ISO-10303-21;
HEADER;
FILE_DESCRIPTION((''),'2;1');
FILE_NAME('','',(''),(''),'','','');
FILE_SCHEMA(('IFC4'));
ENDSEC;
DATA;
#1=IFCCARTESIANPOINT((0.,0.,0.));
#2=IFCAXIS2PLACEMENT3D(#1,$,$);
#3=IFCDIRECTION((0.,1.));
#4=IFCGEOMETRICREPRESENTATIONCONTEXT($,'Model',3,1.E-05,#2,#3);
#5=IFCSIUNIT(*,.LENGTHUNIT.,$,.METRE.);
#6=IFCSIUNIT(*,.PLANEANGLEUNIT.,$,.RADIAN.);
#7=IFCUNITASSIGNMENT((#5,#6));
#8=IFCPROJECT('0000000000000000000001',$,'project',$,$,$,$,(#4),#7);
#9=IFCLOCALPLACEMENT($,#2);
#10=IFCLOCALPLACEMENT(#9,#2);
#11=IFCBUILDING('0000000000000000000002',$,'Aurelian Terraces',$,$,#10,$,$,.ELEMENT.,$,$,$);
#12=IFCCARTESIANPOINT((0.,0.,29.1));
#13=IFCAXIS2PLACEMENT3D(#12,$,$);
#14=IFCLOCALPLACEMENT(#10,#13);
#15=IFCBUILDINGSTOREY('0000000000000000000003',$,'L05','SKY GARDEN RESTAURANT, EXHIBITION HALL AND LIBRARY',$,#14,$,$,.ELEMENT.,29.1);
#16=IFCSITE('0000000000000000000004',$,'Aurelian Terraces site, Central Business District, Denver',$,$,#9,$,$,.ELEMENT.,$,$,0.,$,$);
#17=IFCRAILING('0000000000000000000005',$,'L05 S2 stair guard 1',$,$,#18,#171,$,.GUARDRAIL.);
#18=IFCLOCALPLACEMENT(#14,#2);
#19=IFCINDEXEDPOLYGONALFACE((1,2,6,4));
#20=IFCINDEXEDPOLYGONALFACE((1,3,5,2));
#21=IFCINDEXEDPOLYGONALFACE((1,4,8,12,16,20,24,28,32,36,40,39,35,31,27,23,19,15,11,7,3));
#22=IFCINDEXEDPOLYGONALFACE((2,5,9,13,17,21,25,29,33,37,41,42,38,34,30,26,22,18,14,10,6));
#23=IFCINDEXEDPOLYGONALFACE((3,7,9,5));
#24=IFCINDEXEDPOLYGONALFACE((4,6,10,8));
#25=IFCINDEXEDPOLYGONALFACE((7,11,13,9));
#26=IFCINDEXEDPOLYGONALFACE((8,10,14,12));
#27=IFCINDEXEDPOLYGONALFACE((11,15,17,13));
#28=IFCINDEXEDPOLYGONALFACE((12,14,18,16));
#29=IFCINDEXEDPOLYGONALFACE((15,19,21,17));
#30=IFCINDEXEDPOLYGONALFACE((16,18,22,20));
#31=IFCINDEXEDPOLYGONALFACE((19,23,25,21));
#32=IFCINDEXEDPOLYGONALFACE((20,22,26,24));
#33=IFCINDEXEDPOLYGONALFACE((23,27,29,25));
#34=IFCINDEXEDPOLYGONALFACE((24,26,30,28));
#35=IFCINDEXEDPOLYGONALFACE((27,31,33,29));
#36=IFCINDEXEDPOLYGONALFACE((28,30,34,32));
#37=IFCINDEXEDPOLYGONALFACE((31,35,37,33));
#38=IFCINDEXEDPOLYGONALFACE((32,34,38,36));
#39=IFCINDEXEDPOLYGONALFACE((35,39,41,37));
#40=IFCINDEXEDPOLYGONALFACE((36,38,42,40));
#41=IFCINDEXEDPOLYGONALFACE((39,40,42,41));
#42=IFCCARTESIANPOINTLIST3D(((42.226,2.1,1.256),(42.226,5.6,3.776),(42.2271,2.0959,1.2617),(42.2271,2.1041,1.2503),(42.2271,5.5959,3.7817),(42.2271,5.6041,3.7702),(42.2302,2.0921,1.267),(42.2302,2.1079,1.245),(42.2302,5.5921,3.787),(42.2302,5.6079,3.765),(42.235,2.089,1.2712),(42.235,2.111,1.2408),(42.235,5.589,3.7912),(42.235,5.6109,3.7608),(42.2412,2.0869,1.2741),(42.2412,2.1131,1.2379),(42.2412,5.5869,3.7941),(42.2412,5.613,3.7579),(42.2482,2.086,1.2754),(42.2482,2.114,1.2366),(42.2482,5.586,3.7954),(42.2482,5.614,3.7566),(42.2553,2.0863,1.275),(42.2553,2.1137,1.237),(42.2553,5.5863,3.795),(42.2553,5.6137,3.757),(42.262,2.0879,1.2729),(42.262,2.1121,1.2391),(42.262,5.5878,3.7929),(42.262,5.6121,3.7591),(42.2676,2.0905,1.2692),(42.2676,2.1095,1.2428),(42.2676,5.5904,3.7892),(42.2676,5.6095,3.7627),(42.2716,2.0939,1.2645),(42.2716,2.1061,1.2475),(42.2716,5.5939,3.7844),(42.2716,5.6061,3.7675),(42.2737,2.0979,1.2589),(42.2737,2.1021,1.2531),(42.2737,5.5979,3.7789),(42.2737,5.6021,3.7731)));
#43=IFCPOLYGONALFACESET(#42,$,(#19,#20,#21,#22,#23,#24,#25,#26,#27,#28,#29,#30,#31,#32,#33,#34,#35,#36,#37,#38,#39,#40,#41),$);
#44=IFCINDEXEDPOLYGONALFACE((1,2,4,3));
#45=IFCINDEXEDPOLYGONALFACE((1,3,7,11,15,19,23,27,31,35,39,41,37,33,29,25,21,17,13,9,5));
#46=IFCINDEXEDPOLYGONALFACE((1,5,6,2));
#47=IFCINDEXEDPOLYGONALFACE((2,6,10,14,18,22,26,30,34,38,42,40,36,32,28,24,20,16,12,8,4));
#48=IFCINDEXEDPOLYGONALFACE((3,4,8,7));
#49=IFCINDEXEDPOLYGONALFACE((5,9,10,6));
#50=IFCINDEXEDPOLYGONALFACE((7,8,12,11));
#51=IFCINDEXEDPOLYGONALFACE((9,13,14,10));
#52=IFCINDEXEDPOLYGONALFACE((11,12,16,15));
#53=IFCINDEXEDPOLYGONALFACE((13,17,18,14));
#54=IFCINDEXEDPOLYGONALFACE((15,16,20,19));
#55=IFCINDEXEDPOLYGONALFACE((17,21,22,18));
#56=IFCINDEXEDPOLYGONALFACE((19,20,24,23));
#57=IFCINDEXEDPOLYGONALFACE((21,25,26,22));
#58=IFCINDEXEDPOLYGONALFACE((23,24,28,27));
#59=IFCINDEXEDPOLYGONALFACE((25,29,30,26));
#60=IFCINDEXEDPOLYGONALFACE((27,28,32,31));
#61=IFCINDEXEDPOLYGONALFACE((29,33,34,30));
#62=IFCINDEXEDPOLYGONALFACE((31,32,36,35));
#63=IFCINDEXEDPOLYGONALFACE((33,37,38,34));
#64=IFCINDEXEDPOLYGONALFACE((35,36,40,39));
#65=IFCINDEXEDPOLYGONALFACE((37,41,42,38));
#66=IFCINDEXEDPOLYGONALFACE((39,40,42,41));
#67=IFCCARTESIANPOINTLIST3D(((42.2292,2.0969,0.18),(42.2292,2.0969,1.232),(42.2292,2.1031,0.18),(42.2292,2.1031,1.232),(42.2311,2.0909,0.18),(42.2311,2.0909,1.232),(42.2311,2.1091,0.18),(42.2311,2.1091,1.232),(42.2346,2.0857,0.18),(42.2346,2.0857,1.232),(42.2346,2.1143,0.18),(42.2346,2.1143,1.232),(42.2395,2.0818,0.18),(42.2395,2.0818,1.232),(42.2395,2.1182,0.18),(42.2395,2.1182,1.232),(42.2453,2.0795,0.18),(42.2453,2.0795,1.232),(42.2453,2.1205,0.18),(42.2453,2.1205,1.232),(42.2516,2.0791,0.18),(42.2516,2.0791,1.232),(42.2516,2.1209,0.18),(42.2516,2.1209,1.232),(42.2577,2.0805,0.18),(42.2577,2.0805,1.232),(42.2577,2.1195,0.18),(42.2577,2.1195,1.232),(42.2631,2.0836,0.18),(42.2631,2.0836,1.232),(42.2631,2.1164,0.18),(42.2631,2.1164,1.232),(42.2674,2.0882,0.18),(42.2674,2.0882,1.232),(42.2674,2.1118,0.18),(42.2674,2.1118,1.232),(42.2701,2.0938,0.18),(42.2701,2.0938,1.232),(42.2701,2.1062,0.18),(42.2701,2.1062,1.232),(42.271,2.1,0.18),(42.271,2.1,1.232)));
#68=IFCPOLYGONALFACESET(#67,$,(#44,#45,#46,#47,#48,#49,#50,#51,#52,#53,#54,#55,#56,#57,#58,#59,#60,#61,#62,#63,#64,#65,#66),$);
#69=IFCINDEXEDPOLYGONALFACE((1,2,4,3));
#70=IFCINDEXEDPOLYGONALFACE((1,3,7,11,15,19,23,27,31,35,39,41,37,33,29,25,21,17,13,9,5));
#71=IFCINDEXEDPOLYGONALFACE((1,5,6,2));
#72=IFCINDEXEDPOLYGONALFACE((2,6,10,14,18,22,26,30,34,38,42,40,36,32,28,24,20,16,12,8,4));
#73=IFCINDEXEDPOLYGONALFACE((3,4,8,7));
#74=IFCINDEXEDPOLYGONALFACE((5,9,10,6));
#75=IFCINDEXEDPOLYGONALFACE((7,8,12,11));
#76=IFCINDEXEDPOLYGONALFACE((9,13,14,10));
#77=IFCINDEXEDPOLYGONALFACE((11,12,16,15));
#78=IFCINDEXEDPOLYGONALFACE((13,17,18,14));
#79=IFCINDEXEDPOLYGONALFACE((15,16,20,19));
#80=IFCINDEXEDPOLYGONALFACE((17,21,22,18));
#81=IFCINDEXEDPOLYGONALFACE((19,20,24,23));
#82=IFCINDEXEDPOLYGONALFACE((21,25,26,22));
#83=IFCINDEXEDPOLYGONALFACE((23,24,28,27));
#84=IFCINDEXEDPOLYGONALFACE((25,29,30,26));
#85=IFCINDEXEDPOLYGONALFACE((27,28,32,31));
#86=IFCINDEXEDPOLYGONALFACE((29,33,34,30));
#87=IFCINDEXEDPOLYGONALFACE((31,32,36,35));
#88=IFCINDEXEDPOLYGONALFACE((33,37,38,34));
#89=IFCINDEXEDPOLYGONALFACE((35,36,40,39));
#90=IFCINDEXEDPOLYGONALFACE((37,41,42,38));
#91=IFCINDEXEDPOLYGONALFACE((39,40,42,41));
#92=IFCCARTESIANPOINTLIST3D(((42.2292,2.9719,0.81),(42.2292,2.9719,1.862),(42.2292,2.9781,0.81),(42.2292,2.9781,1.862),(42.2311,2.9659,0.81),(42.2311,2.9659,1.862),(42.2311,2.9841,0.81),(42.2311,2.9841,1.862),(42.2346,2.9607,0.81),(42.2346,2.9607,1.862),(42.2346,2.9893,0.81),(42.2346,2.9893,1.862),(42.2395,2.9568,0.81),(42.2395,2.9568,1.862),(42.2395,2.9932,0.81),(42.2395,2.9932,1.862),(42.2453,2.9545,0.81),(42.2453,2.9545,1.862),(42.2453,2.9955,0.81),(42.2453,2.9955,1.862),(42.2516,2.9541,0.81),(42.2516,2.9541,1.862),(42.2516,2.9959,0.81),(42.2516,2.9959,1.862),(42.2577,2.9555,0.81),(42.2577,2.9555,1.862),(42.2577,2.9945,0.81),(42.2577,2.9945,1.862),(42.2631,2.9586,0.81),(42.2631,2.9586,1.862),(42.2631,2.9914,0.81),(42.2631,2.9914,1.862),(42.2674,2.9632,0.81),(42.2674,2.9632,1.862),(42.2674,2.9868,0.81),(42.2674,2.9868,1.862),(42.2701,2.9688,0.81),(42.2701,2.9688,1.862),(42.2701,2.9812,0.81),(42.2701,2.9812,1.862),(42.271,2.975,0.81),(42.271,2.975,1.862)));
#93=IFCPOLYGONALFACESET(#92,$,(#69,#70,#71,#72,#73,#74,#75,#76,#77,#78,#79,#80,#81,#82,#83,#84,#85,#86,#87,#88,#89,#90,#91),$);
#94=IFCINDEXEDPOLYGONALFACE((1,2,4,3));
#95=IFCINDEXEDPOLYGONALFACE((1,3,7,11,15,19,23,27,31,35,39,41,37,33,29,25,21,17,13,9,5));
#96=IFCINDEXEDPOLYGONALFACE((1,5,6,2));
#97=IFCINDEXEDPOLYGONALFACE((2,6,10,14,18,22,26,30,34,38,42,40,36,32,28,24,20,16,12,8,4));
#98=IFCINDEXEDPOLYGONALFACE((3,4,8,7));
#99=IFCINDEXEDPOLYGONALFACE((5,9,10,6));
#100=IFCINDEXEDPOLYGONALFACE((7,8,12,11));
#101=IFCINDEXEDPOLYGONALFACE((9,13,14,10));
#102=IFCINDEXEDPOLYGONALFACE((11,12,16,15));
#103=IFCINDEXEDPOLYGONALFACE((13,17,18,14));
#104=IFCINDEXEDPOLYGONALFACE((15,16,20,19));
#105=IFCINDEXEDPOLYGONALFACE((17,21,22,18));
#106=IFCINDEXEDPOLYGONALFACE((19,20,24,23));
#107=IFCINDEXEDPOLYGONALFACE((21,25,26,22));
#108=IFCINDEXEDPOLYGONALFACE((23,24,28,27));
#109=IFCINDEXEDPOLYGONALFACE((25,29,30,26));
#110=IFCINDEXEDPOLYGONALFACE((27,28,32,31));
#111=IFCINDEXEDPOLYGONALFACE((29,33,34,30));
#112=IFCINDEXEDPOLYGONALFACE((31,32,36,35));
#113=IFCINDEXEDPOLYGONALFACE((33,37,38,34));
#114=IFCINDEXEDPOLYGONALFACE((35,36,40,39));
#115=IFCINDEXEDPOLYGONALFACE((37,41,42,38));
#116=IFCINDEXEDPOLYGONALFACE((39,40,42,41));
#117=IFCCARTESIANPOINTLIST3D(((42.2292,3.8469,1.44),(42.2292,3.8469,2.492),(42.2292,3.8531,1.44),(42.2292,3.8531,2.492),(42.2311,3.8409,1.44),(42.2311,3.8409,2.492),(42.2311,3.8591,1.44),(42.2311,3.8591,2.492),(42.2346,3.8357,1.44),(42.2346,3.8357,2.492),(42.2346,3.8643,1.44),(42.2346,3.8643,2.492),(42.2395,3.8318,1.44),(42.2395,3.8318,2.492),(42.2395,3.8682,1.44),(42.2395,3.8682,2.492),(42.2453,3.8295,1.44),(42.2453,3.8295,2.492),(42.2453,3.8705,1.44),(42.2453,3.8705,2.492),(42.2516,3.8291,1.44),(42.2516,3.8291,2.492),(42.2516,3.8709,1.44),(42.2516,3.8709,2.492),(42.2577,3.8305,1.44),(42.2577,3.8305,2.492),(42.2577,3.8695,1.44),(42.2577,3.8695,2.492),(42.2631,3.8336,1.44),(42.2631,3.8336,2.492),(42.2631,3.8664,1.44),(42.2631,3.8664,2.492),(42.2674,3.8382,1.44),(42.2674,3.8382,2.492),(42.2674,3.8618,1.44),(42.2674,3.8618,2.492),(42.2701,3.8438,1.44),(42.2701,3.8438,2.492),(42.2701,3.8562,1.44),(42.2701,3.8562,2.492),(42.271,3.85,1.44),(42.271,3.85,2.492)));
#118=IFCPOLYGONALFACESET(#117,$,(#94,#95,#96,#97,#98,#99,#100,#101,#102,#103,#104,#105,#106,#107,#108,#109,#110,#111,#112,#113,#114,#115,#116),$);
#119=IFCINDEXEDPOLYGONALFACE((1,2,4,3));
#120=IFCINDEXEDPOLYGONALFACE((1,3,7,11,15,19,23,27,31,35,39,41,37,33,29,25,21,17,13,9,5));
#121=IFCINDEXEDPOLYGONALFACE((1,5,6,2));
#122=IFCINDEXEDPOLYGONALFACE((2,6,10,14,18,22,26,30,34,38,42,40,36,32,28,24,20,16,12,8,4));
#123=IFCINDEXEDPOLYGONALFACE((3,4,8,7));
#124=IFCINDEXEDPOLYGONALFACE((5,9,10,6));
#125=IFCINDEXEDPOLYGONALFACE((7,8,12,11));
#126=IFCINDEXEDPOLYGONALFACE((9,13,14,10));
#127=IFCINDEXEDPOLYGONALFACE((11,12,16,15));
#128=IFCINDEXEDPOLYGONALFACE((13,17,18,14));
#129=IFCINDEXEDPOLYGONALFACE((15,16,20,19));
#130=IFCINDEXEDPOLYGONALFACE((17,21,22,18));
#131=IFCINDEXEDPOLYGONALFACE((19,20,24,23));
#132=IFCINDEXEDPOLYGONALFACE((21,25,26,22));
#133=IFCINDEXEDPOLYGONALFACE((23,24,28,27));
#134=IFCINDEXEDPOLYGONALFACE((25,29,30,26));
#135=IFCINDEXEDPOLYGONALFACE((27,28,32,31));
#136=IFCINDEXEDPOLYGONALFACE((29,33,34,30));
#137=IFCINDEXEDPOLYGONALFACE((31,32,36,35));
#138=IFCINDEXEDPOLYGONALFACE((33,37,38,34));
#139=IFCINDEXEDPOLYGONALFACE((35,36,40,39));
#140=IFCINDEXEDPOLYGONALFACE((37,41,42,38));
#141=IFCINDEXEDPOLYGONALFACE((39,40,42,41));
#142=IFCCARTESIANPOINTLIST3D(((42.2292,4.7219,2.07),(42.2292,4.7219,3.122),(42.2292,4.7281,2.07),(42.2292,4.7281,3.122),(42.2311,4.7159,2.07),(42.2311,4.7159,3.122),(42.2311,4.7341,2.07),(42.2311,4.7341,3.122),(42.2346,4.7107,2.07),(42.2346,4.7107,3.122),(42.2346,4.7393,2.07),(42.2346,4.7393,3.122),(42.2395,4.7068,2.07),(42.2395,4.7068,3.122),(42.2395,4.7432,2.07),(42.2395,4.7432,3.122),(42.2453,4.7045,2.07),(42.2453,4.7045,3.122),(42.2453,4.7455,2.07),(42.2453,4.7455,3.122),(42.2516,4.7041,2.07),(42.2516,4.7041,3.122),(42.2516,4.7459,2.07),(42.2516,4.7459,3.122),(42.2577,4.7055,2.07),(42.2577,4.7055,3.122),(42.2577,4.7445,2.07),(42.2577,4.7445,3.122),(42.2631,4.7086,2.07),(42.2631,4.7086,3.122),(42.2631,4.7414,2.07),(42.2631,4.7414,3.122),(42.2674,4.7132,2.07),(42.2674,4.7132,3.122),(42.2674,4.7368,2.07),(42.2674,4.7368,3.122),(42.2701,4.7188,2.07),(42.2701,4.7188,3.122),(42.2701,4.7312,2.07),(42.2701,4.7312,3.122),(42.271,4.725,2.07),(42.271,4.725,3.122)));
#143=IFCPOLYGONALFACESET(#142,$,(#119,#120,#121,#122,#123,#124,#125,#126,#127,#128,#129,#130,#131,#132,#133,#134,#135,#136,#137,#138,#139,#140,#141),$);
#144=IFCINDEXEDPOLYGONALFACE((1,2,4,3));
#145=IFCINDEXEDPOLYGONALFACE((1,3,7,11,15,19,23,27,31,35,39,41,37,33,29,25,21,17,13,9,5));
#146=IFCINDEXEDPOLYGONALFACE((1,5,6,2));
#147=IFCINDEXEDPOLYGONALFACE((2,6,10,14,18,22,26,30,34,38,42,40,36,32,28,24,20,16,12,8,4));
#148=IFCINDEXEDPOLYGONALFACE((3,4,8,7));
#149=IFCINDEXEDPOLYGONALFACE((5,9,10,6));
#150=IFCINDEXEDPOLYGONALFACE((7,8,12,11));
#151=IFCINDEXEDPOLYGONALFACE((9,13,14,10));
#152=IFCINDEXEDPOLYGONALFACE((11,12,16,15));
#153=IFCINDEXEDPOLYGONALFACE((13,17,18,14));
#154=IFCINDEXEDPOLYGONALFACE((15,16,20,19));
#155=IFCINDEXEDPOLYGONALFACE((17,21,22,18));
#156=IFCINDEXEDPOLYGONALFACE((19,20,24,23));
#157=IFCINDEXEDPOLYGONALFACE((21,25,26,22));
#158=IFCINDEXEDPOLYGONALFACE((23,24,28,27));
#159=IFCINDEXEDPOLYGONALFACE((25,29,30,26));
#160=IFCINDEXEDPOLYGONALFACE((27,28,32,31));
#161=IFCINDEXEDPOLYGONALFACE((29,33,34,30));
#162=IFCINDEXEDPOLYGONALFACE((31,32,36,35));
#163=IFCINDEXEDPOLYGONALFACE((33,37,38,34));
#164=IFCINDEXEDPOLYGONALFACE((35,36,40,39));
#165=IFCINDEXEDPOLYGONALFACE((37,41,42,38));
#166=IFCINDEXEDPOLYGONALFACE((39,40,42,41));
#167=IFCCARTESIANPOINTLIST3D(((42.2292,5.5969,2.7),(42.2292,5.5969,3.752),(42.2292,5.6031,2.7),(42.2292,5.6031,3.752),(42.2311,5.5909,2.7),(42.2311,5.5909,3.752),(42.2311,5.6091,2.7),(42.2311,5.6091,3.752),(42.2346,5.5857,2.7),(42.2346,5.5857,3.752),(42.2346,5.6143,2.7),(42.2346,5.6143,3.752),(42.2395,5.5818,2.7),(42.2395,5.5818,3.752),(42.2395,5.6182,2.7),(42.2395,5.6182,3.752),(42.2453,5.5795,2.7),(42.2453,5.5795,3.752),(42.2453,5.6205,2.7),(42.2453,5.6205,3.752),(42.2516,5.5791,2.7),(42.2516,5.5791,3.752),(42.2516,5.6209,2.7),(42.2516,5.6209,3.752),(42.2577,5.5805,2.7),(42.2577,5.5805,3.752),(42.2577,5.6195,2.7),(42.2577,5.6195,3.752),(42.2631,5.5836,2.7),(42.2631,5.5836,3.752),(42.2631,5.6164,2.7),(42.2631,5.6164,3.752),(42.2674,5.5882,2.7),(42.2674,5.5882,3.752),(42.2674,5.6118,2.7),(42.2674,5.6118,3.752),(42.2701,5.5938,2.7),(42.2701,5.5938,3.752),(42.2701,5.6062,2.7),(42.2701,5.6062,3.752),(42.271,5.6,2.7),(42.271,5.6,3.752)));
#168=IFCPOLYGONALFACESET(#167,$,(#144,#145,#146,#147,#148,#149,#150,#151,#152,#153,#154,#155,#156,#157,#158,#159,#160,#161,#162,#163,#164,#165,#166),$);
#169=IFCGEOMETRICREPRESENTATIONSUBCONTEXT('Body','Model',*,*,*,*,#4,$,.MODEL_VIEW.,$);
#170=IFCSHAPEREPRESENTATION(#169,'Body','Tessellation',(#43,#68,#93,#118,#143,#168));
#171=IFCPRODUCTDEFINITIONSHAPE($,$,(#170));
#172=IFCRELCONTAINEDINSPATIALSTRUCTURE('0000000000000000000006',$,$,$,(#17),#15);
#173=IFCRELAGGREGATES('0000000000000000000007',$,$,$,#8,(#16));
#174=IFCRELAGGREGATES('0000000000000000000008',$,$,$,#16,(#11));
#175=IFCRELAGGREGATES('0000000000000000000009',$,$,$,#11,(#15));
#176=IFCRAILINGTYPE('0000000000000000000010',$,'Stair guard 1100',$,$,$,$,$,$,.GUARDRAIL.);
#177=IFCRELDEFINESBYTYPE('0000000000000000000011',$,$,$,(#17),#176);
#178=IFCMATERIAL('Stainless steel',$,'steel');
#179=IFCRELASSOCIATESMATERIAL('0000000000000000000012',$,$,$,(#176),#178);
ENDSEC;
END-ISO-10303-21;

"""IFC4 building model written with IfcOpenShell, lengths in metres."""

from ifc_helpers import new_model, si_unit, direction, frame, origin, origin_2d, place, context, subcontext, project, spatial, circle, extrude, source, transform, mapped, material, type_object, element, save


model = new_model("IFC4")

# Units and contexts
model_context = context("Model", 3, precision=1e-05, world=origin(), true_north=direction((0.0, 1.0)))
body_context = subcontext(model_context, "Body", "Model", "MODEL_VIEW")
ifc_project = project(units=[si_unit("LENGTHUNIT", "METRE"), si_unit("PLANEANGLEUNIT", "RADIAN")], contexts=[model_context])

# Site, building, storey
site_placement = place(None, origin())
site = spatial("IfcSite", under=ifc_project, at=site_placement, Name="Aurelian Terraces site, Central Business District, Denver", CompositionType="ELEMENT", RefElevation=0.0)
building_placement = place(site_placement, origin())
building = spatial("IfcBuilding", under=site, at=building_placement, Name="Aurelian Terraces", CompositionType="ELEMENT")
storey_placement = place(building_placement, frame((0.0, 0.0, 29.1)))
storey = spatial("IfcBuildingStorey", under=building, at=storey_placement, Name="L05", Description="SKY GARDEN RESTAURANT, EXHIBITION HALL AND LIBRARY", CompositionType="ELEMENT", Elevation=29.1)

# Railing
ifc_material_1 = material(Name="Stainless steel", Category="steel")
railing_type_1 = type_object("IfcRailingType", Name="Stair guard 1100", PredefinedType="GUARDRAIL", material=ifc_material_1)
shared_shape_1 = source(origin(), body_context, "Body", "SweptSolid", [
    extrude(circle(Radius=0.024, at=origin_2d()), frame((0.0, 0.0, 1.076), z_axis=(0.0, 0.811534, 0.584305), x_axis=(-1.0, 0.0, 0.0)), (0.0, 0.0, 1.0), 4.3128),
    extrude(circle(Radius=0.021, at=origin_2d()), origin(), (0.0, 0.0, 1.0), 1.052),
    extrude(circle(Radius=0.021, at=origin_2d()), frame((0.0, 0.875, 0.63)), (0.0, 0.0, 1.0), 1.052),
    extrude(circle(Radius=0.021, at=origin_2d()), frame((0.0, 1.75, 1.26)), (0.0, 0.0, 1.0), 1.052),
    extrude(circle(Radius=0.021, at=origin_2d()), frame((0.0, 2.625, 1.89)), (0.0, 0.0, 1.0), 1.052),
    extrude(circle(Radius=0.021, at=origin_2d()), frame((0.0, 3.5, 2.52)), (0.0, 0.0, 1.0), 1.052),
])
railing_1_placement = place(storey_placement, frame((42.25, 2.1, 0.18)))
element("IfcRailing", 1, at=railing_1_placement, inside=storey, type_object=railing_type_1, Name="L05 S2 stair guard 1", PredefinedType="GUARDRAIL", context=body_context, shape_type="MappedRepresentation", body=[
    mapped(shared_shape_1, transform((0.0, 0.0, 0.0), scale=1.0)),
])

save(model, "model.ifc")
